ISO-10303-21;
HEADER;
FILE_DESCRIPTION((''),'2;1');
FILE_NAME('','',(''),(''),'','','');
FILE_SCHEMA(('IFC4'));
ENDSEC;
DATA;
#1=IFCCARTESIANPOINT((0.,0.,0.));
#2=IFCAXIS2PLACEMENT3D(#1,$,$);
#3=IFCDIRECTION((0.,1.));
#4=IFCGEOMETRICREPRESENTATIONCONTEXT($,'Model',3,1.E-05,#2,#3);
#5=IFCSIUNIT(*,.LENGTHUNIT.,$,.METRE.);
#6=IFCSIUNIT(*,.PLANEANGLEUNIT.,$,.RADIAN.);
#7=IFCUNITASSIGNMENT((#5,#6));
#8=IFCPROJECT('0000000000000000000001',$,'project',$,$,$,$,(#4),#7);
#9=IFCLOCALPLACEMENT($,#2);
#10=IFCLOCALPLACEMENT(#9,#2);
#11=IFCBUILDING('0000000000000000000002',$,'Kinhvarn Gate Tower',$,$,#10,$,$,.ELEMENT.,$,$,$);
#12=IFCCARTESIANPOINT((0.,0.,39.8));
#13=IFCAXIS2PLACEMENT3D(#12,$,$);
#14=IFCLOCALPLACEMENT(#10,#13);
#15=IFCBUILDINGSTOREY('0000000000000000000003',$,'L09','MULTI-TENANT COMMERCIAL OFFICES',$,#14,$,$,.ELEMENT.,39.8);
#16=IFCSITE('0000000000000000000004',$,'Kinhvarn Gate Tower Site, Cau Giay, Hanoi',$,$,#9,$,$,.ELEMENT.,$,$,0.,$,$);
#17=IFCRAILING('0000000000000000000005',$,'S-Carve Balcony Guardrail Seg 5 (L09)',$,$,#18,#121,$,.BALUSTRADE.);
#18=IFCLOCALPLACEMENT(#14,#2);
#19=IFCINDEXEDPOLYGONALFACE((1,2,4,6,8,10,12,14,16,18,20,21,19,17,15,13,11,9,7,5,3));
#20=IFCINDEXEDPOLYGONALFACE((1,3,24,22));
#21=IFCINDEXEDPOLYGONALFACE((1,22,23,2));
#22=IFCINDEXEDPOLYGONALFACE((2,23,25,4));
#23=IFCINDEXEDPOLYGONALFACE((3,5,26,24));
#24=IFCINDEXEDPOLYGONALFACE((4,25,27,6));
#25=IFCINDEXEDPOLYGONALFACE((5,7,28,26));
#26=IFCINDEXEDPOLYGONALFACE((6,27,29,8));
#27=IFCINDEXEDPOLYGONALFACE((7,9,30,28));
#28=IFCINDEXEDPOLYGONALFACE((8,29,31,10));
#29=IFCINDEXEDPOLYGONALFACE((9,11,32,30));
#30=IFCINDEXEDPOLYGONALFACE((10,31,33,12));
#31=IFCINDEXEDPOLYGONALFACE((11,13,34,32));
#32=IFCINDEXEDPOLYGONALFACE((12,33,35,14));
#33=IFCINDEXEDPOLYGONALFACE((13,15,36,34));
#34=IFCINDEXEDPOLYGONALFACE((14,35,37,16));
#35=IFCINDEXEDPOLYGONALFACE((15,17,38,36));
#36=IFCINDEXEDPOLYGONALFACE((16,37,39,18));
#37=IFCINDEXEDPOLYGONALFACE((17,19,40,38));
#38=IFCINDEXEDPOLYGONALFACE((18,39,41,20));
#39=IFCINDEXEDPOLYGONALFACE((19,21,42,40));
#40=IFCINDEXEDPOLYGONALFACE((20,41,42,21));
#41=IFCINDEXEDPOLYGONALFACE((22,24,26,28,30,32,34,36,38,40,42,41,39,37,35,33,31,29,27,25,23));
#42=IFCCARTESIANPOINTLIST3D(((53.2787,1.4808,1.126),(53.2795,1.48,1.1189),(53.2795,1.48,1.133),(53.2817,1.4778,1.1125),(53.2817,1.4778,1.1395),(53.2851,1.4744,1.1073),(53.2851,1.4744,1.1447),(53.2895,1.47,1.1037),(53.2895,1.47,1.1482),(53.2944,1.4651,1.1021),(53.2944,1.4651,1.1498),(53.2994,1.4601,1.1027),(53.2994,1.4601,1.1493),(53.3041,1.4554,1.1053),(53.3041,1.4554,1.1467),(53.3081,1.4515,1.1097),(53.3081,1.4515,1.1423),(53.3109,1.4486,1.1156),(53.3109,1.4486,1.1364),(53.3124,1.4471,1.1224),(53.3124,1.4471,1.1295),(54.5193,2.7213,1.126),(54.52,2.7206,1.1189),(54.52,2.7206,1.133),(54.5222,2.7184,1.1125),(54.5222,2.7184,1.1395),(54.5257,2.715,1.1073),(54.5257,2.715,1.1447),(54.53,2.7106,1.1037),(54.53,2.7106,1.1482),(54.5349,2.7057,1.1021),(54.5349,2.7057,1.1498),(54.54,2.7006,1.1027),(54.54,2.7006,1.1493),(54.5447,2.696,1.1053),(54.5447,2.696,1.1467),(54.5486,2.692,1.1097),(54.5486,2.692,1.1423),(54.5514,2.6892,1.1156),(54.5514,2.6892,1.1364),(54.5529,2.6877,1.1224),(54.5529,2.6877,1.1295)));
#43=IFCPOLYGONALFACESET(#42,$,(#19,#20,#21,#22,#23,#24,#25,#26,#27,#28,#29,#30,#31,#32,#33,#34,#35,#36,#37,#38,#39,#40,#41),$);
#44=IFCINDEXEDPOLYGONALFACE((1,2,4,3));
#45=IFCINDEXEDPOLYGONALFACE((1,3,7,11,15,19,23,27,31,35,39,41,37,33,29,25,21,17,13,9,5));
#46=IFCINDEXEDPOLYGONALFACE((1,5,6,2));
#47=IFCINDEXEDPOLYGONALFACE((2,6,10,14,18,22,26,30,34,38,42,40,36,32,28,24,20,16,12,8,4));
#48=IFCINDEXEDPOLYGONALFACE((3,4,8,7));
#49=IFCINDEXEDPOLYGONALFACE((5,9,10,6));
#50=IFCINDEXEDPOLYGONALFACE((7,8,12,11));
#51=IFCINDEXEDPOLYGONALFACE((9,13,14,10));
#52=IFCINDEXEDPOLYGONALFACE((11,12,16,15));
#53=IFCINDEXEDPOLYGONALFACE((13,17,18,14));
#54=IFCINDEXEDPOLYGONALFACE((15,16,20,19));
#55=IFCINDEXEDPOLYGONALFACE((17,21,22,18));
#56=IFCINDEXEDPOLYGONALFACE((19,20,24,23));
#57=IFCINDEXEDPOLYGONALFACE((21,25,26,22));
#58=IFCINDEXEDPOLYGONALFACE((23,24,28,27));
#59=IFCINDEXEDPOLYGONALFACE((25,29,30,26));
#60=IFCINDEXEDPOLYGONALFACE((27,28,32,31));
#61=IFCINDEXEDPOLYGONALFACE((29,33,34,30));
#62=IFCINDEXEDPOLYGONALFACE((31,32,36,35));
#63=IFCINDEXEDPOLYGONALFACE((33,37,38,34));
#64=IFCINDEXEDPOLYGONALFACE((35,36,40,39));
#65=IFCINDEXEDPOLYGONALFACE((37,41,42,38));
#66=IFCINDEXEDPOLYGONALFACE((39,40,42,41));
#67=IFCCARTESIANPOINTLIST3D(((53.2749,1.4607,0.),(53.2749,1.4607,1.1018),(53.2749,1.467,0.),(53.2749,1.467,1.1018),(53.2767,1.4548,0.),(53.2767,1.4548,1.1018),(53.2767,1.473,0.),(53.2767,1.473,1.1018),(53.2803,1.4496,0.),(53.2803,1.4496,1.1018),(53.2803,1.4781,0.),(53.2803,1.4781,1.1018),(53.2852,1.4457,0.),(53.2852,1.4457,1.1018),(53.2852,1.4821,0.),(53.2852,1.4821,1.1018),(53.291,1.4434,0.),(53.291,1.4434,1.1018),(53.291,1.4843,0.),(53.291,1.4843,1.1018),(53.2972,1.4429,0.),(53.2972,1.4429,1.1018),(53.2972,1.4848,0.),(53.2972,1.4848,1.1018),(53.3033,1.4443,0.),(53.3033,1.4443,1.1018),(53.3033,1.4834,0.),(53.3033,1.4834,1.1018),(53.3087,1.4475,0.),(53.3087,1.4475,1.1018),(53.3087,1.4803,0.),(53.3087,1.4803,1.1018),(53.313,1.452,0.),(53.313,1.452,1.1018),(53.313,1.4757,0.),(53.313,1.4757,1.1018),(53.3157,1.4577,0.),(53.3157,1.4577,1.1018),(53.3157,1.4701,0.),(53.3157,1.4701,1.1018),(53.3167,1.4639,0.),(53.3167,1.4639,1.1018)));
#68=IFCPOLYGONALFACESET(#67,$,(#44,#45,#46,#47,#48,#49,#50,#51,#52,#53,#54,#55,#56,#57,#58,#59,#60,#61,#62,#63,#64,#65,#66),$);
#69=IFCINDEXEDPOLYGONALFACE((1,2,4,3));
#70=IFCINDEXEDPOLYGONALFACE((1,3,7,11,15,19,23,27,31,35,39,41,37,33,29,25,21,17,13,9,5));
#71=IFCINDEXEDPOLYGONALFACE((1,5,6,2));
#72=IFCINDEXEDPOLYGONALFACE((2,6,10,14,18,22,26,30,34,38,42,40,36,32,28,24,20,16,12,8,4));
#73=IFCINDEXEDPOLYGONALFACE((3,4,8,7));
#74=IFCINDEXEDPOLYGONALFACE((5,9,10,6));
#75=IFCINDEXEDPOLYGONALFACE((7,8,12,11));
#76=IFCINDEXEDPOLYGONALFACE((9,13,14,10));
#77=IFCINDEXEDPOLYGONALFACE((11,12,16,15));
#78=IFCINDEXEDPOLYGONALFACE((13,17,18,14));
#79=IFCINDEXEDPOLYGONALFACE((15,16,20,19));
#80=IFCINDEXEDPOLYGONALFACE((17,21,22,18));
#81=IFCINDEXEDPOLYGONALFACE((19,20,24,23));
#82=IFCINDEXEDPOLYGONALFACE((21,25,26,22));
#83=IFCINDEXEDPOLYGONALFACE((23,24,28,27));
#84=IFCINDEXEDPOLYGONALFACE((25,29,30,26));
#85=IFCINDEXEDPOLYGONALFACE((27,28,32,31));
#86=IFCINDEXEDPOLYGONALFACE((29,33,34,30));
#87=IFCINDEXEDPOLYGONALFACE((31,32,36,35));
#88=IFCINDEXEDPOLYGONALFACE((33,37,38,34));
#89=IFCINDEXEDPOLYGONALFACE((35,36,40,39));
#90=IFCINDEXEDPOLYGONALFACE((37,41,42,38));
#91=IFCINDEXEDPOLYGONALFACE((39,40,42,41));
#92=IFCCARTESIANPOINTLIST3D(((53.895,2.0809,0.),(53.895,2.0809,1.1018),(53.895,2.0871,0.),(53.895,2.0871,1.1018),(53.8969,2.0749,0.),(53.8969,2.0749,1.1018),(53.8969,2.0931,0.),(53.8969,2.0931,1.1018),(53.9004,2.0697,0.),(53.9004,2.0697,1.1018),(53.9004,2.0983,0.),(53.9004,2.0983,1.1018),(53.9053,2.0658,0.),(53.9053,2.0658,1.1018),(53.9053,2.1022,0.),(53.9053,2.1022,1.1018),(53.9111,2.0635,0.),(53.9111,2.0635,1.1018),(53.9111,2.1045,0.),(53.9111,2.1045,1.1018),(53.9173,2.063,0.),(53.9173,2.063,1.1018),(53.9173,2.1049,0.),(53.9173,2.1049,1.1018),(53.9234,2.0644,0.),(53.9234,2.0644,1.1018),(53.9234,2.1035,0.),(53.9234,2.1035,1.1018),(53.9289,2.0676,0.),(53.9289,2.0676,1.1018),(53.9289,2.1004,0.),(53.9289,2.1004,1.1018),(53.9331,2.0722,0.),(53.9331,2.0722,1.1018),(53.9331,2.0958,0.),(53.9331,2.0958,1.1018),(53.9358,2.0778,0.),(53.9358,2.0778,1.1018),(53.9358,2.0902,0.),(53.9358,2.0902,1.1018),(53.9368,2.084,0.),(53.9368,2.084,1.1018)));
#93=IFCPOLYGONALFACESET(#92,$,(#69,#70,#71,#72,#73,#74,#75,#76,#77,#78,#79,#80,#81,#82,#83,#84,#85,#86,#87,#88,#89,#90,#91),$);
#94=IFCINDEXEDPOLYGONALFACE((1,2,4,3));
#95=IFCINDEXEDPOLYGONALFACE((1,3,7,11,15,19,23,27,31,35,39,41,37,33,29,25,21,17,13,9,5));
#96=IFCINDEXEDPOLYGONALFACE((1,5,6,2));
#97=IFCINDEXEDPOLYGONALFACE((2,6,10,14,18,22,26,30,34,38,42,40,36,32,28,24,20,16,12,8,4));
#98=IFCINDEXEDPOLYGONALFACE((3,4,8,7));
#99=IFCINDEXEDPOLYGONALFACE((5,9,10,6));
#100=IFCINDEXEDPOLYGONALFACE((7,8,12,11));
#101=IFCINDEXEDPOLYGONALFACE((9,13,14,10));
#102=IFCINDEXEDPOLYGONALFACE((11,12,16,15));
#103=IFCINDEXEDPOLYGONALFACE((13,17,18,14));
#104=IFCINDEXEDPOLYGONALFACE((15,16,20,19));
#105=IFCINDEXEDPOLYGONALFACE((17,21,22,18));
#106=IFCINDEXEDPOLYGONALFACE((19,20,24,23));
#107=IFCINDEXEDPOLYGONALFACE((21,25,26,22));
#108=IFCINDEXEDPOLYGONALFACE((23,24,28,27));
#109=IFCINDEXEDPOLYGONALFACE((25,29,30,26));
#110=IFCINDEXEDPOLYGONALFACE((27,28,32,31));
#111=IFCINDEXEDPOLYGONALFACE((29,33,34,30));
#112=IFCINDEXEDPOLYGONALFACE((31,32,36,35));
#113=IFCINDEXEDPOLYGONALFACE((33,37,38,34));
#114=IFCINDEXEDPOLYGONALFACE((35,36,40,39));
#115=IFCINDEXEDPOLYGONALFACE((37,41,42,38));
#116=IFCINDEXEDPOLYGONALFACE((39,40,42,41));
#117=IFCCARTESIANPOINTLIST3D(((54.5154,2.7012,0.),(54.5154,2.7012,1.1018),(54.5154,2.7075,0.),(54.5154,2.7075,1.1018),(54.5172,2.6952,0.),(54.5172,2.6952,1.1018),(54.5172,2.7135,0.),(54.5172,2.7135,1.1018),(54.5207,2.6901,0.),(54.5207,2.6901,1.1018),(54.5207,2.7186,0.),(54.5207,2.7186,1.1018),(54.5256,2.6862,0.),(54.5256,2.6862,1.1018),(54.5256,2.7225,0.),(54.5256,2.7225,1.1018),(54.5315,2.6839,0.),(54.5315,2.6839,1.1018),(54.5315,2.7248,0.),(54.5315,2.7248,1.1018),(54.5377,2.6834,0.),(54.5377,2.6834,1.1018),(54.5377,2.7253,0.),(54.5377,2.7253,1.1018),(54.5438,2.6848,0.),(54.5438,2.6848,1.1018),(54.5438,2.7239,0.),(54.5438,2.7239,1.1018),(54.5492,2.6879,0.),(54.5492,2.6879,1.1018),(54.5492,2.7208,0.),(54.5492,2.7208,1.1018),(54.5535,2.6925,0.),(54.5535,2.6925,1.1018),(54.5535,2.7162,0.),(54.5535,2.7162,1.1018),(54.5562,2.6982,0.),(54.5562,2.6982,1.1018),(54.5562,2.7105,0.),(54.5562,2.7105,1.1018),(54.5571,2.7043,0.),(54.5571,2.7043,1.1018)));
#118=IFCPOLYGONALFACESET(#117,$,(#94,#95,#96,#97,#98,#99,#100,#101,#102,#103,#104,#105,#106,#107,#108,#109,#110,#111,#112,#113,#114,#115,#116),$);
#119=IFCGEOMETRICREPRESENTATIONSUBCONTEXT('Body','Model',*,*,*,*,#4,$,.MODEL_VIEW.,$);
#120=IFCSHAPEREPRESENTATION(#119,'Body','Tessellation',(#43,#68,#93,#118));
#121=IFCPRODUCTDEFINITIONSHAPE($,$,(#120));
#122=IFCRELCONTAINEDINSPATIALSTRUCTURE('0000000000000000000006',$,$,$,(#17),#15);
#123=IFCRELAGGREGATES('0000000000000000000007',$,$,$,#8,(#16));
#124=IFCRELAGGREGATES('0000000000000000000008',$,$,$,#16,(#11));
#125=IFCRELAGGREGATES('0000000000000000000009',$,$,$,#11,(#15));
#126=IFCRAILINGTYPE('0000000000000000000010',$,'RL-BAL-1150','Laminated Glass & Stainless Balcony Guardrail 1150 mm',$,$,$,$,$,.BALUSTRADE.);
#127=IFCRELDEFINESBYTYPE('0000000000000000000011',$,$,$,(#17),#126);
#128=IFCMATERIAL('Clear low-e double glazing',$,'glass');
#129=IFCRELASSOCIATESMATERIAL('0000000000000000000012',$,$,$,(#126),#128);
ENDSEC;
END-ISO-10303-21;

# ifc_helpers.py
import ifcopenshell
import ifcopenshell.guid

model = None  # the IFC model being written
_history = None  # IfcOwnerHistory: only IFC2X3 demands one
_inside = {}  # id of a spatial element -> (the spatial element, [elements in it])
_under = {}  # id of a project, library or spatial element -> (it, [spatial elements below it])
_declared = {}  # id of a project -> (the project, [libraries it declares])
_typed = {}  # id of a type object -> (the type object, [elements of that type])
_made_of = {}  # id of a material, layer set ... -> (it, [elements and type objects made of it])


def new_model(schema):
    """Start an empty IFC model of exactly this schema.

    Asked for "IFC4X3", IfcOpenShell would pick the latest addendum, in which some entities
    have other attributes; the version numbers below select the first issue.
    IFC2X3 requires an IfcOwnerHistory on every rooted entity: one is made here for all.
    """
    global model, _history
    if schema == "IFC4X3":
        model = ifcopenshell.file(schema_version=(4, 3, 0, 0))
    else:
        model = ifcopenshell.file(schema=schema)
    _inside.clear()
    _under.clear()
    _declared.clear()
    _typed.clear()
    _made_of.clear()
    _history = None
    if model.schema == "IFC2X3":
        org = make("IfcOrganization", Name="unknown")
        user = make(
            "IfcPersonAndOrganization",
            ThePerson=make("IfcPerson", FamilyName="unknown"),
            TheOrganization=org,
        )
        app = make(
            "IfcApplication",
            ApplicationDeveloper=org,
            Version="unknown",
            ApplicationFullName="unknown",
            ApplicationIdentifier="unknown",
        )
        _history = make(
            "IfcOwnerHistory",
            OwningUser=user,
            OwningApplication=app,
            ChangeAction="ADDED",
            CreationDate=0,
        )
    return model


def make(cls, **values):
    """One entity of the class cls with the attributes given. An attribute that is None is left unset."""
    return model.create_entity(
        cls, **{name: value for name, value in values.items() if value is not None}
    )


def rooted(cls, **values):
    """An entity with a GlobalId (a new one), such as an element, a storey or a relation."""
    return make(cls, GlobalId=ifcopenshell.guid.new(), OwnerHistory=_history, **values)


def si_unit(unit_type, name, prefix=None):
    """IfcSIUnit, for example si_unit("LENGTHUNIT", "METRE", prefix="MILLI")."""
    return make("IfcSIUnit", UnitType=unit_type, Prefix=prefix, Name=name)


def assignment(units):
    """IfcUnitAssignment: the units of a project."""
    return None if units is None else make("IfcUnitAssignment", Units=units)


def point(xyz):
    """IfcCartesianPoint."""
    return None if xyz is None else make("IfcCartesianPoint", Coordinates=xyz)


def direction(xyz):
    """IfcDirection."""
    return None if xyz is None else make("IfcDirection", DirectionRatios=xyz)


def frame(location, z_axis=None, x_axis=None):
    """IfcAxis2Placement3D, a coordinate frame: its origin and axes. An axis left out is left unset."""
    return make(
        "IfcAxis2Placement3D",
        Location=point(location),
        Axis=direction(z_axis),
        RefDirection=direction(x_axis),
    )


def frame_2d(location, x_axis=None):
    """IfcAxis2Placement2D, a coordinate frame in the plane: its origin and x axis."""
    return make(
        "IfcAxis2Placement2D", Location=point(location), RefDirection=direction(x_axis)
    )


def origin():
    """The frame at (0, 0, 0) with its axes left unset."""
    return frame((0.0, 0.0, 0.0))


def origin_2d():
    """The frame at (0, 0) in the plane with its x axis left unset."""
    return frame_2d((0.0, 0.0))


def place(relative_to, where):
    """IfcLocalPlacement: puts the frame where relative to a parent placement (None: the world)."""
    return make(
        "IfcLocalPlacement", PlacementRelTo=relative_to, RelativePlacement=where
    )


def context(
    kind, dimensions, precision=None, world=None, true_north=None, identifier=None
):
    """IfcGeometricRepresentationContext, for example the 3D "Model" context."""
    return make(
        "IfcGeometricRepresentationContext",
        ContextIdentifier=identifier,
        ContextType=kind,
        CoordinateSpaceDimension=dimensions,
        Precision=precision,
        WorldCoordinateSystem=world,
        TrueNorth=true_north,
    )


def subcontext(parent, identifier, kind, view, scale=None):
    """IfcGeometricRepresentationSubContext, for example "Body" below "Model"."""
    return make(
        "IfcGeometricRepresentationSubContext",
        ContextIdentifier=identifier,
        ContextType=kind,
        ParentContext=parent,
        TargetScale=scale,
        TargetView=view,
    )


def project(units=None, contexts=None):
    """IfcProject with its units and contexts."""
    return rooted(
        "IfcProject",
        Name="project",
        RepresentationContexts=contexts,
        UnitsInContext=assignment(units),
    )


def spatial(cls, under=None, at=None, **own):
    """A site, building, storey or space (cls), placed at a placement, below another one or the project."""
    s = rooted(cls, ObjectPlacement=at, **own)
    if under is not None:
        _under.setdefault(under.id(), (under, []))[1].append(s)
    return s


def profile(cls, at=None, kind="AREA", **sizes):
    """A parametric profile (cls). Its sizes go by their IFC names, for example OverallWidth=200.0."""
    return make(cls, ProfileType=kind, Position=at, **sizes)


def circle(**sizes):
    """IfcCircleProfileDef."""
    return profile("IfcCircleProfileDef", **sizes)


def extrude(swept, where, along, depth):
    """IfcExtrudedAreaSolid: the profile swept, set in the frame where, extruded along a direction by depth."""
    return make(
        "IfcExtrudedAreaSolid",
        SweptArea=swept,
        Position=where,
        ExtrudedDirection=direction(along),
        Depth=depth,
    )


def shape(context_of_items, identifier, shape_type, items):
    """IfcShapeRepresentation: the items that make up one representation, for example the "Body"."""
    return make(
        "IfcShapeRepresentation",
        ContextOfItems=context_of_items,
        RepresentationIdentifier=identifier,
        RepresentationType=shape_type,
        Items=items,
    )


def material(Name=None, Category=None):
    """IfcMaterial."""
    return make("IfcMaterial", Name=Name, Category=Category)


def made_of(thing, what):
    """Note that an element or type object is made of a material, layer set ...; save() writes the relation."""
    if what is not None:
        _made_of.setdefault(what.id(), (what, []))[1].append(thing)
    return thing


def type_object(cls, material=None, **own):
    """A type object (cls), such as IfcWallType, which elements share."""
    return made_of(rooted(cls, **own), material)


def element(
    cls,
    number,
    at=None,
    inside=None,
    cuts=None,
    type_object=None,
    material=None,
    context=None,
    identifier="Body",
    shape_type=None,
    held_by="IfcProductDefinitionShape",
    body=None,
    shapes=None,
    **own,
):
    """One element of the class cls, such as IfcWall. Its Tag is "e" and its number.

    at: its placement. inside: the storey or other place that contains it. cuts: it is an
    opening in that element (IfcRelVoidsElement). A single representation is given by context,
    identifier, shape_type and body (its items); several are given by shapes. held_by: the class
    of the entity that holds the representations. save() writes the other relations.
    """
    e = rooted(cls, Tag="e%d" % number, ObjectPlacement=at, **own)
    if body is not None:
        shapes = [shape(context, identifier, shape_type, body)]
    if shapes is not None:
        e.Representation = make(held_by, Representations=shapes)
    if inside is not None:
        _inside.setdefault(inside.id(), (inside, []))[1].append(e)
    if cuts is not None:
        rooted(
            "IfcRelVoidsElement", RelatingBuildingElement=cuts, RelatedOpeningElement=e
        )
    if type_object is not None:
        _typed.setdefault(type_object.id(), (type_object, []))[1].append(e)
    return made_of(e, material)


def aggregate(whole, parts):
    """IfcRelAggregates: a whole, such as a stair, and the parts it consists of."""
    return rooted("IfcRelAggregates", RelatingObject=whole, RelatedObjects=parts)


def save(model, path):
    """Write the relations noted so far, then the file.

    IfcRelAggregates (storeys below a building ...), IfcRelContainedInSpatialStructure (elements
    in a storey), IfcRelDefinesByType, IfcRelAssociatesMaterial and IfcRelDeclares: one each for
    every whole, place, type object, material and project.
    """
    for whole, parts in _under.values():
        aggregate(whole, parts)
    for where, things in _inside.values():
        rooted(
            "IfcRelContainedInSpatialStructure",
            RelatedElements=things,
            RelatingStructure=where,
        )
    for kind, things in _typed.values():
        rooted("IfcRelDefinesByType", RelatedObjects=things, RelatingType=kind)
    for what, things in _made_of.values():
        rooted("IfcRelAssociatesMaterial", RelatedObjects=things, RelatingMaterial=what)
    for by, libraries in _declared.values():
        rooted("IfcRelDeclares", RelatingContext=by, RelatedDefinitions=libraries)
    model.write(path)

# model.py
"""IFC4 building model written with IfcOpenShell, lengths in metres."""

from ifc_helpers import new_model, si_unit, direction, frame, origin, origin_2d, place, context, subcontext, project, spatial, circle, extrude, material, type_object, element, save


model = new_model("IFC4")

# Units and contexts
model_context = context("Model", 3, precision=1e-05, world=origin(), true_north=direction((0.0, 1.0)))
body_context = subcontext(model_context, "Body", "Model", "MODEL_VIEW")
ifc_project = project(units=[si_unit("LENGTHUNIT", "METRE"), si_unit("PLANEANGLEUNIT", "RADIAN")], contexts=[model_context])

# Site, building, storey
site_placement = place(None, origin())
site = spatial("IfcSite", under=ifc_project, at=site_placement, Name="Kinhvarn Gate Tower Site, Cau Giay, Hanoi", CompositionType="ELEMENT", RefElevation=0.0)
building_placement = place(site_placement, origin())
building = spatial("IfcBuilding", under=site, at=building_placement, Name="Kinhvarn Gate Tower", CompositionType="ELEMENT")
storey_placement = place(building_placement, frame((0.0, 0.0, 39.8)))
storey = spatial("IfcBuildingStorey", under=building, at=storey_placement, Name="L09", Description="MULTI-TENANT COMMERCIAL OFFICES", CompositionType="ELEMENT", Elevation=39.8)

# Shared definitions
ifc_material_1 = material(Name="Clear low-e double glazing", Category="glass")

# Railing
railing_type = type_object("IfcRailingType", Name="RL-BAL-1150", Description="Laminated Glass & Stainless Balcony Guardrail 1150 mm", PredefinedType="BALUSTRADE", material=ifc_material_1)
railing_1_placement = place(storey_placement, frame((53.2957, 1.4639, 0.0)))
element("IfcRailing", 1, at=railing_1_placement, inside=storey, type_object=railing_type, Name="S-Carve Balcony Guardrail Seg 5 (L09)", PredefinedType="BALUSTRADE", context=body_context, shape_type="SweptSolid", body=[
    extrude(circle(Radius=0.0239, at=origin_2d()), frame((0.0, 0.0, 1.126), z_axis=(0.707107, 0.707107, 0.0), x_axis=(-0.707107, 0.707107, 0.0)), (0.0, 0.0, 1.0), 1.7544),
    extrude(circle(Radius=0.021, at=origin_2d()), origin(), (0.0, 0.0, 1.0), 1.1018),
    extrude(circle(Radius=0.021, at=origin_2d()), frame((0.6201, 0.6201, 0.0)), (0.0, 0.0, 1.0), 1.1018),
    extrude(circle(Radius=0.021, at=origin_2d()), frame((1.2405, 1.2405, 0.0)), (0.0, 0.0, 1.0), 1.1018),
])

save(model, "model.ifc")
